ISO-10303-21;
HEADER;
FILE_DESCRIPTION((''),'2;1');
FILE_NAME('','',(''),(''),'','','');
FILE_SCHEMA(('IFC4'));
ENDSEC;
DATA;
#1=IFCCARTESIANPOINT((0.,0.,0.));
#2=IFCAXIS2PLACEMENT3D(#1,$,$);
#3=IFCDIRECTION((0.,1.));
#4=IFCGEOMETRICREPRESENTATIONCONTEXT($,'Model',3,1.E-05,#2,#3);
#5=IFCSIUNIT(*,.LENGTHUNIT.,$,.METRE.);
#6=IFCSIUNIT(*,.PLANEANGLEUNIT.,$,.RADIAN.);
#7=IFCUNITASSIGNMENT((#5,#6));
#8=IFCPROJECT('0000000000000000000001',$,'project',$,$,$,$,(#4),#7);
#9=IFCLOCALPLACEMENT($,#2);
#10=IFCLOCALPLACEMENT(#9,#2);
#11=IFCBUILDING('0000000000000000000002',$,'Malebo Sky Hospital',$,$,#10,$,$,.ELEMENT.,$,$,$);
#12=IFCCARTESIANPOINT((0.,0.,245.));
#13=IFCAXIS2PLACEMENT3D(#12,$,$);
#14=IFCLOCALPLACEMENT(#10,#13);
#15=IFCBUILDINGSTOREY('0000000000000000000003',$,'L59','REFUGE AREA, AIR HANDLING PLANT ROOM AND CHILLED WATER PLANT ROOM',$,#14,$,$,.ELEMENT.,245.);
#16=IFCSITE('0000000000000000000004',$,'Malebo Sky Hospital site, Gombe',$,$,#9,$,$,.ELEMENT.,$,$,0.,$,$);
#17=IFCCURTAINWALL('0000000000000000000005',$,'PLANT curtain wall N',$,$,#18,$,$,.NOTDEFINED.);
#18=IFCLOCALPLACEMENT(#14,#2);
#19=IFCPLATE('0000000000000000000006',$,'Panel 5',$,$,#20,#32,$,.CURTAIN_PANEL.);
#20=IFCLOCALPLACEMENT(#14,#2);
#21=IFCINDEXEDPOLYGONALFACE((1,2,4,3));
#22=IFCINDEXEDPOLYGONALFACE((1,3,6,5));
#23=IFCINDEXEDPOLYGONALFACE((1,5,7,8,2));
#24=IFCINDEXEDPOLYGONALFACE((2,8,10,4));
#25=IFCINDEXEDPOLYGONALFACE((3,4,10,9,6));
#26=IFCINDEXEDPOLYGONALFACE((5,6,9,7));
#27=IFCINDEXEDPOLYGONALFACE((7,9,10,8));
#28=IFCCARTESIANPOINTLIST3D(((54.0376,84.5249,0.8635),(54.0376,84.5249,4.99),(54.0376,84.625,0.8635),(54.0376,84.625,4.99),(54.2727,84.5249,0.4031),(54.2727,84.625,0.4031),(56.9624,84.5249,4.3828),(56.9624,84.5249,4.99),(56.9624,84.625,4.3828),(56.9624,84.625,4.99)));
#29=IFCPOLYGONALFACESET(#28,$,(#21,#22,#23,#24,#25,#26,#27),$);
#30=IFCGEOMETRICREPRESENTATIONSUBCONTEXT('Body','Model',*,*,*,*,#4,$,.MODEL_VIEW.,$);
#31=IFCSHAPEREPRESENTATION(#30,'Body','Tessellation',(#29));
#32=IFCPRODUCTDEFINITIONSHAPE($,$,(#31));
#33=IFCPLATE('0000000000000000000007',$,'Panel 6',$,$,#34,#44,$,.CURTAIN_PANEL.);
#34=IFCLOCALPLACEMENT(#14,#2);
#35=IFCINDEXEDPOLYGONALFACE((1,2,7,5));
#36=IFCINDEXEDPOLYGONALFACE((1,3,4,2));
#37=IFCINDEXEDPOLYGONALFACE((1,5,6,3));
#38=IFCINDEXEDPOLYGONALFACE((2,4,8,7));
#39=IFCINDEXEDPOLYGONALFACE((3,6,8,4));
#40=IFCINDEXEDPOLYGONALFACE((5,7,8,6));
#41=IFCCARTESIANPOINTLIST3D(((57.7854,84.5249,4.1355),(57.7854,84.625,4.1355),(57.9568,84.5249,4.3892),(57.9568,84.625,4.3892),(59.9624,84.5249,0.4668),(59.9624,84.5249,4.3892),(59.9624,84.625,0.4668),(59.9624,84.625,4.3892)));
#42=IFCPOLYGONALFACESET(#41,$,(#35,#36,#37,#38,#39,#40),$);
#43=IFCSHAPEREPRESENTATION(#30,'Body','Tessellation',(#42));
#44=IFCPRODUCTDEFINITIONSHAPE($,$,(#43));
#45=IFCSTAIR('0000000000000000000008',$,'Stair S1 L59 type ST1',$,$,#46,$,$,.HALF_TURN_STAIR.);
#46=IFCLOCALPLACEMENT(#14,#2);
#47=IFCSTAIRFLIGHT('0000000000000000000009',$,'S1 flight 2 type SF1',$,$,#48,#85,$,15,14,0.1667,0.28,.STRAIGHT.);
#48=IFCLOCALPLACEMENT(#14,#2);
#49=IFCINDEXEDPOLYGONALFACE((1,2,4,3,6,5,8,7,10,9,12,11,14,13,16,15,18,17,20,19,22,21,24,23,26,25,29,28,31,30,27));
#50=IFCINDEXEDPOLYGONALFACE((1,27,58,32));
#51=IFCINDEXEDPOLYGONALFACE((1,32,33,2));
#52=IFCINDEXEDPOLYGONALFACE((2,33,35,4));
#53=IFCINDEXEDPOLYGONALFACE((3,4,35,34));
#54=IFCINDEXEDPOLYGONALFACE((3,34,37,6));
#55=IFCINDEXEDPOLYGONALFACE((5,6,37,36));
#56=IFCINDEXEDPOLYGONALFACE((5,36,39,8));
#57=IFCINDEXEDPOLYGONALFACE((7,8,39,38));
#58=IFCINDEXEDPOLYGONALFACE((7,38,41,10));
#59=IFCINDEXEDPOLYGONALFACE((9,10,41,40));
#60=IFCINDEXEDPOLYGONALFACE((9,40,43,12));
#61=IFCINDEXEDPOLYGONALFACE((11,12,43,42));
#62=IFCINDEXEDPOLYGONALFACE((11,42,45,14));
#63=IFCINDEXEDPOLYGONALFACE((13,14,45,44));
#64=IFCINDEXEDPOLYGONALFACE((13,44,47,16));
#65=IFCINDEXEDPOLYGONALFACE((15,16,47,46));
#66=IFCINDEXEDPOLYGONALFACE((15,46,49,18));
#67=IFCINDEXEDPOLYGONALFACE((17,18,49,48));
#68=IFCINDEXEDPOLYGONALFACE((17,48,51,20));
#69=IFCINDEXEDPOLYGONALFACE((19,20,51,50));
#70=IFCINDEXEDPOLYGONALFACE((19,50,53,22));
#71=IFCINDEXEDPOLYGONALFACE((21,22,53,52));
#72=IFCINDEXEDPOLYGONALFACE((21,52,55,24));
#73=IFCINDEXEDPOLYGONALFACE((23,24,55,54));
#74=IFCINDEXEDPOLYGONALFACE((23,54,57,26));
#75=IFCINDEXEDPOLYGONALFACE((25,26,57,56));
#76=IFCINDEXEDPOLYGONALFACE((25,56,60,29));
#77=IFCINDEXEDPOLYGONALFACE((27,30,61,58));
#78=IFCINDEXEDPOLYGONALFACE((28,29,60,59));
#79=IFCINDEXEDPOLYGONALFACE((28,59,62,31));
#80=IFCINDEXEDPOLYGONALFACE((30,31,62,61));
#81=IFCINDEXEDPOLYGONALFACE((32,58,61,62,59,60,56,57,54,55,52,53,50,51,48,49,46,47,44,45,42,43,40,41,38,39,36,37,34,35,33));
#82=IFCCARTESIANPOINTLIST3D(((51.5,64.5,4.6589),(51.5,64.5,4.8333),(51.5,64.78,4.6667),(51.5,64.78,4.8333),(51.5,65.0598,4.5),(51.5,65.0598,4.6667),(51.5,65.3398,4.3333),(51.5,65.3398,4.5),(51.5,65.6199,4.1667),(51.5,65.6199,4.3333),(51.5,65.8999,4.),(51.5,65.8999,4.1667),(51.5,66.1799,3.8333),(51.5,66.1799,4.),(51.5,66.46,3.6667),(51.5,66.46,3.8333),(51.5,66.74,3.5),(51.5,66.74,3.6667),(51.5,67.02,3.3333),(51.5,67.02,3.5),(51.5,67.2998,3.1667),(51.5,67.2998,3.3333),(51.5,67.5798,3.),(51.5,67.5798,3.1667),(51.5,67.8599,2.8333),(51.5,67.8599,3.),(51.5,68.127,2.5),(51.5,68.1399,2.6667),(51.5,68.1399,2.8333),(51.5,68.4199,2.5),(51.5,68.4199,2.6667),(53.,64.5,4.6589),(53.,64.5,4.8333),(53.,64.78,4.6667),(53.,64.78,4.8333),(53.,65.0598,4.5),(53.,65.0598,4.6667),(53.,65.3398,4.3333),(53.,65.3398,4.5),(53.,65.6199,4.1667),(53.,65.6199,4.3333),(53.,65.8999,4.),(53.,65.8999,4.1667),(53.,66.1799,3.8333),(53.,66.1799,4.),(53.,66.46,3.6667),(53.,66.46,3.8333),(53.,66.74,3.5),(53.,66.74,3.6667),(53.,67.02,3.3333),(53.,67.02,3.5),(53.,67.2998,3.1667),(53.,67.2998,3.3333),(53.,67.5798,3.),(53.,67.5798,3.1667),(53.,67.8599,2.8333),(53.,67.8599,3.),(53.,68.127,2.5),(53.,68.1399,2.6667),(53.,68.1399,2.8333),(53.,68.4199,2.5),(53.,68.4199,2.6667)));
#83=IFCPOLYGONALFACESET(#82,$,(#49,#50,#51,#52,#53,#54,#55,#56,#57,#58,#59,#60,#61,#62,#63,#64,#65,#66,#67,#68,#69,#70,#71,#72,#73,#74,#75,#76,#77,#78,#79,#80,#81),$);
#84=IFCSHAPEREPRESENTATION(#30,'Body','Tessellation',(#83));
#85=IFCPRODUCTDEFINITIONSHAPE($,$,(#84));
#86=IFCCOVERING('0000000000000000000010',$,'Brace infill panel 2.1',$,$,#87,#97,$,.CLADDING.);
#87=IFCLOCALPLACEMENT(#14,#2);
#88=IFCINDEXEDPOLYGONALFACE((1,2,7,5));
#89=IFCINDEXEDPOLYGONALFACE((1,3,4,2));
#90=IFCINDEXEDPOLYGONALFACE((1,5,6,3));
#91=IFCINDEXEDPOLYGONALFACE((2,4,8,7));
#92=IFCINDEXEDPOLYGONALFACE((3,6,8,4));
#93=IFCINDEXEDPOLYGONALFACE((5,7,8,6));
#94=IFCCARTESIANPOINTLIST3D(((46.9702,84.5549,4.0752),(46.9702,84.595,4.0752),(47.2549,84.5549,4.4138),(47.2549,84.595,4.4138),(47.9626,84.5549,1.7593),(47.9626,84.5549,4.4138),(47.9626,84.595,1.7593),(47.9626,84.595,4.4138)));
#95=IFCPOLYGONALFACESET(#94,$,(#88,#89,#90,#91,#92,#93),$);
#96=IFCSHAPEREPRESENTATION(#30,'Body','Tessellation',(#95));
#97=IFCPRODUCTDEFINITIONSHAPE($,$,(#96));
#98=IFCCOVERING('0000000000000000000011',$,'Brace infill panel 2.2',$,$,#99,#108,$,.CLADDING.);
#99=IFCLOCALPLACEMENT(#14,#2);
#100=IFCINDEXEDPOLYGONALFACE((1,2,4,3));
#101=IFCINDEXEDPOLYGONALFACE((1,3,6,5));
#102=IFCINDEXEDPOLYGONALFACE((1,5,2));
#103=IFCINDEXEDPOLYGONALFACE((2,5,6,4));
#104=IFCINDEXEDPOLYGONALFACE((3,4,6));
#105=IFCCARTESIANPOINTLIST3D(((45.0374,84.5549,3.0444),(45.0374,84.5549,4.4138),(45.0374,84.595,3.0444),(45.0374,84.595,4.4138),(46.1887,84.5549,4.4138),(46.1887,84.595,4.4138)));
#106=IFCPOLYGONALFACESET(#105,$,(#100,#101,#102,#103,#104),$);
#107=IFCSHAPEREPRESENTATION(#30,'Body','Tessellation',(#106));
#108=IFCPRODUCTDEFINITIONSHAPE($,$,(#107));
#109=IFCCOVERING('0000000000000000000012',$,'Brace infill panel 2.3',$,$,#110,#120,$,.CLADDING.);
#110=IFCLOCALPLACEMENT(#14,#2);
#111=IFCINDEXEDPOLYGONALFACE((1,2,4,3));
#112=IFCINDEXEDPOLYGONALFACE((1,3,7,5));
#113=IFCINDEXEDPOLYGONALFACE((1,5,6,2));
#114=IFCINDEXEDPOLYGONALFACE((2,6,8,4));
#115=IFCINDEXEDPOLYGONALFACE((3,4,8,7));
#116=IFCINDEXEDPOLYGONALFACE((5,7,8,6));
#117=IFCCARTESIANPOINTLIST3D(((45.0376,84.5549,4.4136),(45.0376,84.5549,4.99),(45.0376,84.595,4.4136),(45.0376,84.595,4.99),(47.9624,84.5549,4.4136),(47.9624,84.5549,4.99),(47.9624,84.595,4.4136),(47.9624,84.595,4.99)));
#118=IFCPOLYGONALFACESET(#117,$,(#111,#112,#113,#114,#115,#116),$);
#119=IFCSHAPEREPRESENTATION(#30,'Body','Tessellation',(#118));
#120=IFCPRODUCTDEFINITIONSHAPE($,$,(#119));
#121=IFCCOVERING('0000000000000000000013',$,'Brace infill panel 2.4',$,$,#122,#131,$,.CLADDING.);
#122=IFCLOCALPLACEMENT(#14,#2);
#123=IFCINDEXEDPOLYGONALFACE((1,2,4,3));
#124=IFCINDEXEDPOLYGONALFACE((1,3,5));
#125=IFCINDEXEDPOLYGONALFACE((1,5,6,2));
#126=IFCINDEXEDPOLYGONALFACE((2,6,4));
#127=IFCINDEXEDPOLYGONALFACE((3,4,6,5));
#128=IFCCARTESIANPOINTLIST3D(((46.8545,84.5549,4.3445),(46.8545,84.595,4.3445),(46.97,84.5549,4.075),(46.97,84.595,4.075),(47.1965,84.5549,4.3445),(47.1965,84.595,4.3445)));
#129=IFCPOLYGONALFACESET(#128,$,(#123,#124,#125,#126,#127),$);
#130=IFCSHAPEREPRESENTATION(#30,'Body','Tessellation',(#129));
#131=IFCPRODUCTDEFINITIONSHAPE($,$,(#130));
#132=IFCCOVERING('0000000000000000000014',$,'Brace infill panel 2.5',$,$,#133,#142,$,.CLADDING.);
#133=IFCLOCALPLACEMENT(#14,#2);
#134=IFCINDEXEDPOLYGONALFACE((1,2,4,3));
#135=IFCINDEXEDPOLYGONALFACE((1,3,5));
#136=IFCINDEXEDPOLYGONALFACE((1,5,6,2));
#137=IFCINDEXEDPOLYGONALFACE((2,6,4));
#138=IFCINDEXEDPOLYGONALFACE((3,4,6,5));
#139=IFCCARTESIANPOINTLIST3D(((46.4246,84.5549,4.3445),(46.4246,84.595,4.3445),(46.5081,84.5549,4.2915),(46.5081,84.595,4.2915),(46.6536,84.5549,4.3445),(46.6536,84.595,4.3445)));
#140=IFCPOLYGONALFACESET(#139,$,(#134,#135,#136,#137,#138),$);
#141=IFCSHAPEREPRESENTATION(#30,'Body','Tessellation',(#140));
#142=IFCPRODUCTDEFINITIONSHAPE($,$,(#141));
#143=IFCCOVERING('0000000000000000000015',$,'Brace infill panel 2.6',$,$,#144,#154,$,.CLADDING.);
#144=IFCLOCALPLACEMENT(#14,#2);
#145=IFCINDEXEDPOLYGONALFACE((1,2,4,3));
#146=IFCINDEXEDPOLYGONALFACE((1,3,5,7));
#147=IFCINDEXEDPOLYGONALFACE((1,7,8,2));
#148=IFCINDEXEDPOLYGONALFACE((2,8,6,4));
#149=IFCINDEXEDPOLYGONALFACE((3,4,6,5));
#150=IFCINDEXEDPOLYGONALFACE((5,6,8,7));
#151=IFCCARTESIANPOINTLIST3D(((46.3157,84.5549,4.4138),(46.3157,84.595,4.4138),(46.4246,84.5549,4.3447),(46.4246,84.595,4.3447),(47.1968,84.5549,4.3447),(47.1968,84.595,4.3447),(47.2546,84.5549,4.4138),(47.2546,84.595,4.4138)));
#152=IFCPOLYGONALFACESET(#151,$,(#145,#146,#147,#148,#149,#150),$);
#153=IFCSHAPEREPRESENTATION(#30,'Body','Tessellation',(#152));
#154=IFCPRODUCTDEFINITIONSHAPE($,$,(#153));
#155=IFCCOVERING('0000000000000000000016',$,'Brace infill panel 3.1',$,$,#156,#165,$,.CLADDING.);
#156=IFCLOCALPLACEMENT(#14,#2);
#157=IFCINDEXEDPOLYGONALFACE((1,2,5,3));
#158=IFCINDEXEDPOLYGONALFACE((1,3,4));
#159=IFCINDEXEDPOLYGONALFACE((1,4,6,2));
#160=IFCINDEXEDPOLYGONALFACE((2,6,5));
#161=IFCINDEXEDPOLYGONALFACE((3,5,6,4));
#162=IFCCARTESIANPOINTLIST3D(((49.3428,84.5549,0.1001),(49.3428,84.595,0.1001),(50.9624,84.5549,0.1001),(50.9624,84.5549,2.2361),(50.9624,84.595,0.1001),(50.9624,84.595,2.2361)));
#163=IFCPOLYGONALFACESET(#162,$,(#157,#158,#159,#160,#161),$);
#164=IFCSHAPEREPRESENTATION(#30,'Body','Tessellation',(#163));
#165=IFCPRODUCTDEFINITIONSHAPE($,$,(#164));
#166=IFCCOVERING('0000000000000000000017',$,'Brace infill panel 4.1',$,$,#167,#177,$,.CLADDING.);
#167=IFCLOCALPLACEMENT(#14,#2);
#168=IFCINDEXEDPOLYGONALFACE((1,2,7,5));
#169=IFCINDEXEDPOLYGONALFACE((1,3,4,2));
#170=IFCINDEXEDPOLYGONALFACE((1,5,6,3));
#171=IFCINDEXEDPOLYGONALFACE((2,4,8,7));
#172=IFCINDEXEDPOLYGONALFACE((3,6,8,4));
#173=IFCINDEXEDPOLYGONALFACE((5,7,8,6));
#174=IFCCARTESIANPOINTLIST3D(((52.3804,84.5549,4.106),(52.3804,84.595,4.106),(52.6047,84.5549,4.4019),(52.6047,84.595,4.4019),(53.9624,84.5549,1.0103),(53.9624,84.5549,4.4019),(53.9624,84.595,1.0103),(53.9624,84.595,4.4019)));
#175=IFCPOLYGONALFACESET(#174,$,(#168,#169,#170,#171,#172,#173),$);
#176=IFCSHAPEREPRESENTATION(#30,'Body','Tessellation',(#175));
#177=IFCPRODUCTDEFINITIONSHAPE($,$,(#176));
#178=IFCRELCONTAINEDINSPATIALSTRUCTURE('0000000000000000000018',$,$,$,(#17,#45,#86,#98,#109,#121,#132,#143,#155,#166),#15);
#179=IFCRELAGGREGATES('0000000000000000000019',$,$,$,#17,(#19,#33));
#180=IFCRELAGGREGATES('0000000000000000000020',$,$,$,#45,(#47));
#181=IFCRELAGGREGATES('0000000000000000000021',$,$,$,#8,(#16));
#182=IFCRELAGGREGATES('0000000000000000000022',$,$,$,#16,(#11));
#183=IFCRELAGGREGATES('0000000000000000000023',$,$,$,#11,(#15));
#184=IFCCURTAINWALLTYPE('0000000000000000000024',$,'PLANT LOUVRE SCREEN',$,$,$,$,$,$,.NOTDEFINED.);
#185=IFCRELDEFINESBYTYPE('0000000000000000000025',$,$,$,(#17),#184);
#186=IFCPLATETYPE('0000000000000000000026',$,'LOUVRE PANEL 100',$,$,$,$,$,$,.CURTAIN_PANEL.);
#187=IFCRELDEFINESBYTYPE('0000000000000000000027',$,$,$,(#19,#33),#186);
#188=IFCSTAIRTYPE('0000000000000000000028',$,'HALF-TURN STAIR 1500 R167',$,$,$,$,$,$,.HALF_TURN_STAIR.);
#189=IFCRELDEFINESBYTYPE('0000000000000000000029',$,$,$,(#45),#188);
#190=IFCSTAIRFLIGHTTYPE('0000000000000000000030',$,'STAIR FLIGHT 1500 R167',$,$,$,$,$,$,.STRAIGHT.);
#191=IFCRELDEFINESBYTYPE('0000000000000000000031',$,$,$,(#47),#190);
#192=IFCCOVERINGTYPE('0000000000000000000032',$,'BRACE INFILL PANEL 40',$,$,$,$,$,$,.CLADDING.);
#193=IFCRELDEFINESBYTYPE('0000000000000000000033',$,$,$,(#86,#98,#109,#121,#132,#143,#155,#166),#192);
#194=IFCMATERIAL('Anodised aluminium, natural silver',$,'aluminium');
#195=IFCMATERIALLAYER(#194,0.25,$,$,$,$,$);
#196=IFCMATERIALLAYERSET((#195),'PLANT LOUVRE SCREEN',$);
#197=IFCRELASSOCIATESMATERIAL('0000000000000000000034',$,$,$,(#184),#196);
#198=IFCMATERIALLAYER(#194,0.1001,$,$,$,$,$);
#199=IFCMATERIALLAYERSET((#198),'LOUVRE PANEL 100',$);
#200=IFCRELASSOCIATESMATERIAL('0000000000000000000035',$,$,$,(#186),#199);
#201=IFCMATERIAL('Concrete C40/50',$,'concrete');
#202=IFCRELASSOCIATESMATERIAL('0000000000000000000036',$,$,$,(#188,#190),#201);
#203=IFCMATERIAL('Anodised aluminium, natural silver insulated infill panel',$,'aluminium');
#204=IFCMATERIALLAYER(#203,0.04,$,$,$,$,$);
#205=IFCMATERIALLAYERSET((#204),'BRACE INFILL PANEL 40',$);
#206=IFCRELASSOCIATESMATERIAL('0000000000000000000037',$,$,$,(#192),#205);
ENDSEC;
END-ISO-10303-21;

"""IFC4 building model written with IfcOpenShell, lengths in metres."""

from ifc_helpers import new_model, si_unit, direction, frame, origin, place, context, subcontext, project, spatial, polyline, outline, extrude, material, layer, layer_set, type_object, element, aggregate, save


model = new_model("IFC4")

# Units and contexts
model_context = context("Model", 3, precision=1e-05, world=origin(), true_north=direction((0.0, 1.0)))
body_context = subcontext(model_context, "Body", "Model", "MODEL_VIEW")
ifc_project = project(units=[si_unit("LENGTHUNIT", "METRE"), si_unit("PLANEANGLEUNIT", "RADIAN")], contexts=[model_context])

# Site, building, storey
site_placement = place(None, origin())
site = spatial("IfcSite", under=ifc_project, at=site_placement, Name="Malebo Sky Hospital site, Gombe", CompositionType="ELEMENT", RefElevation=0.0)
building_placement = place(site_placement, origin())
building = spatial("IfcBuilding", under=site, at=building_placement, Name="Malebo Sky Hospital", CompositionType="ELEMENT")
storey_placement = place(building_placement, frame((0.0, 0.0, 245.0)))
storey = spatial("IfcBuildingStorey", under=building, at=storey_placement, Name="L59", Description="REFUGE AREA, AIR HANDLING PLANT ROOM AND CHILLED WATER PLANT ROOM", CompositionType="ELEMENT", Elevation=245.0)

# Curtain wall
ifc_material_1 = material(Name="Anodised aluminium, natural silver", Category="aluminium")
ifc_layer_1 = layer(ifc_material_1, 0.25)
ifc_layer_set_1 = layer_set([ifc_layer_1], Name="PLANT LOUVRE SCREEN")
curtain_wall_type = type_object("IfcCurtainWallType", Name="PLANT LOUVRE SCREEN", PredefinedType="NOTDEFINED", material=ifc_layer_set_1)
curtain_wall_placement = place(storey_placement, origin())
curtain_wall = element("IfcCurtainWall", 1, at=curtain_wall_placement, inside=storey, type_object=curtain_wall_type, Name="PLANT curtain wall N", PredefinedType="NOTDEFINED")

# Plates
ifc_layer_2 = layer(ifc_material_1, 0.1001)
ifc_layer_set_2 = layer_set([ifc_layer_2], Name="LOUVRE PANEL 100")
plate_type = type_object("IfcPlateType", Name="LOUVRE PANEL 100", PredefinedType="CURTAIN_PANEL", material=ifc_layer_set_2)
plate_1_placement = place(storey_placement, frame((55.5, 84.575, 0.4031), z_axis=(0.0, 0.0, 1.0), x_axis=(1.0, 0.0, 0.0)))
plate_1 = element("IfcPlate", 2, at=plate_1_placement, type_object=plate_type, Name="Panel 5", PredefinedType="CURTAIN_PANEL", context=body_context, shape_type="SweptSolid", body=[
    extrude(outline(polyline([(-1.2273, 0.0), (1.4624, 3.9797), (1.4624, 4.5869), (-1.4624, 4.5869), (-1.4624, 0.4604), (-1.2273, 0.0)])), frame((0.0, 0.05, 0.0), z_axis=(0.0, -1.0, 0.0), x_axis=(1.0, 0.0, 0.0)), (0.0, 0.0, 1.0), 0.1001),
])
plate_2_placement = place(storey_placement, frame((58.8738, 84.575, 0.4668), z_axis=(0.0, 0.0, 1.0), x_axis=(1.0, 0.0, 0.0)))
plate_2 = element("IfcPlate", 3, at=plate_2_placement, type_object=plate_type, Name="Panel 6", PredefinedType="CURTAIN_PANEL", context=body_context, shape_type="SweptSolid", body=[
    extrude(outline(polyline([(1.0886, 0.0), (1.0886, 3.9224), (-0.917, 3.9224), (-1.0884, 3.6687), (1.0886, 0.0)])), frame((0.0, 0.05, 0.0), z_axis=(0.0, -1.0, 0.0), x_axis=(1.0, 0.0, 0.0)), (0.0, 0.0, 1.0), 0.1001),
])
aggregate(curtain_wall, [plate_1, plate_2])

# Stair, stair flight
ifc_material_2 = material(Name="Concrete C40/50", Category="concrete")
stair_type = type_object("IfcStairType", Name="HALF-TURN STAIR 1500 R167", PredefinedType="HALF_TURN_STAIR", material=ifc_material_2)
stair_placement = place(storey_placement, origin())
stair = element("IfcStair", 4, at=stair_placement, inside=storey, type_object=stair_type, Name="Stair S1 L59 type ST1", PredefinedType="HALF_TURN_STAIR")
stair_flight_type = type_object("IfcStairFlightType", Name="STAIR FLIGHT 1500 R167", PredefinedType="STRAIGHT", material=ifc_material_2)
stair_flight_placement = place(storey_placement, frame((52.25, 68.4199, 2.5), z_axis=(0.0, 0.0, 1.0), x_axis=(0.0, -1.0, 0.0)))
stair_flight = element("IfcStairFlight", 5, at=stair_flight_placement, type_object=stair_flight_type, Name="S1 flight 2 type SF1", NumberOfRisers=15, NumberOfTreads=14, PredefinedType="STRAIGHT", RiserHeight=0.1667, TreadLength=0.28, context=body_context, shape_type="SweptSolid", body=[
    extrude(outline(polyline([(0.0, 0.0), (0.0, 0.1667), (0.28, 0.1667), (0.28, 0.3333), (0.5601, 0.3333), (0.5601, 0.5), (0.8401, 0.5), (0.8401, 0.6667), (1.1201, 0.6667), (1.1201, 0.8333), (1.3999, 0.8333), (1.3999, 1.0), (1.6799, 1.0), (1.6799, 1.1667), (1.96, 1.1667), (1.96, 1.3333), (2.24, 1.3333), (2.24, 1.5), (2.52, 1.5), (2.52, 1.6667), (2.8, 1.6667), (2.8, 1.8333), (3.0801, 1.8333), (3.0801, 2.0), (3.3601, 2.0), (3.3601, 2.1667), (3.6399, 2.1667), (3.6399, 2.3333), (3.9199, 2.3333), (3.9199, 2.5), (3.9199, 2.1589), (0.293, 0.0), (0.0, 0.0)])), frame((0.0, 0.75, 0.0), z_axis=(0.0, -1.0, 0.0), x_axis=(1.0, 0.0, 0.0)), (0.0, 0.0, 1.0), 1.5),
])
aggregate(stair, [stair_flight])

# Coverings
ifc_material_3 = material(Name="Anodised aluminium, natural silver insulated infill panel", Category="aluminium")
ifc_layer_3 = layer(ifc_material_3, 0.04)
ifc_layer_set_3 = layer_set([ifc_layer_3], Name="BRACE INFILL PANEL 40")
covering_type = type_object("IfcCoveringType", Name="BRACE INFILL PANEL 40", PredefinedType="CLADDING", material=ifc_layer_set_3)
covering_1_placement = place(storey_placement, frame((47.4663, 84.575, 1.7593), z_axis=(0.0, 0.0, 1.0), x_axis=(1.0, 0.0, 0.0)))
element("IfcCovering", 6, at=covering_1_placement, inside=storey, type_object=covering_type, Name="Brace infill panel 2.1", PredefinedType="CLADDING", context=body_context, shape_type="SweptSolid", body=[
    extrude(outline(polyline([(0.4963, 0.0), (0.4963, 2.6545), (-0.2114, 2.6545), (-0.4961, 2.3159), (0.4963, 0.0)])), frame((0.0, 0.02, 0.0), z_axis=(0.0, -1.0, 0.0), x_axis=(1.0, 0.0, 0.0)), (0.0, 0.0, 1.0), 0.04),
])
covering_2_placement = place(storey_placement, frame((45.613, 84.575, 3.0444), z_axis=(0.0, 0.0, 1.0), x_axis=(1.0, 0.0, 0.0)))
element("IfcCovering", 7, at=covering_2_placement, inside=storey, type_object=covering_type, Name="Brace infill panel 2.2", PredefinedType="CLADDING", context=body_context, shape_type="SweptSolid", body=[
    extrude(outline(polyline([(-0.5757, 0.0), (0.5757, 1.3694), (-0.5757, 1.3694), (-0.5757, 0.0)])), frame((0.0, 0.02, 0.0), z_axis=(0.0, -1.0, 0.0), x_axis=(1.0, 0.0, 0.0)), (0.0, 0.0, 1.0), 0.04),
])
covering_3_placement = place(storey_placement, frame((46.5, 84.575, 4.4136), z_axis=(0.0, 0.0, 1.0), x_axis=(1.0, 0.0, 0.0)))
element("IfcCovering", 8, at=covering_3_placement, inside=storey, type_object=covering_type, Name="Brace infill panel 2.3", PredefinedType="CLADDING", context=body_context, shape_type="SweptSolid", body=[
    extrude(outline(polyline([(-1.4624, 0.0), (1.4624, 0.0), (1.4624, 0.5764), (-1.4624, 0.5764), (-1.4624, 0.0)])), frame((0.0, 0.02, 0.0), z_axis=(0.0, -1.0, 0.0), x_axis=(1.0, 0.0, 0.0)), (0.0, 0.0, 1.0), 0.04),
])
covering_4_placement = place(storey_placement, frame((47.0254, 84.575, 4.075), z_axis=(0.0, 0.0, 1.0), x_axis=(1.0, 0.0, 0.0)))
element("IfcCovering", 9, at=covering_4_placement, inside=storey, type_object=covering_type, Name="Brace infill panel 2.4", PredefinedType="CLADDING", context=body_context, shape_type="SweptSolid", body=[
    extrude(outline(polyline([(-0.0554, 0.0), (0.1711, 0.2695), (-0.1709, 0.2695), (-0.0554, 0.0)])), frame((0.0, 0.02, 0.0), z_axis=(0.0, -1.0, 0.0), x_axis=(1.0, 0.0, 0.0)), (0.0, 0.0, 1.0), 0.04),
])
covering_5_placement = place(storey_placement, frame((46.5391, 84.575, 4.2915), z_axis=(0.0, 0.0, 1.0), x_axis=(1.0, 0.0, 0.0)))
element("IfcCovering", 10, at=covering_5_placement, inside=storey, type_object=covering_type, Name="Brace infill panel 2.5", PredefinedType="CLADDING", context=body_context, shape_type="SweptSolid", body=[
    extrude(outline(polyline([(-0.031, 0.0), (0.1145, 0.053), (-0.1145, 0.053), (-0.031, 0.0)])), frame((0.0, 0.02, 0.0), z_axis=(0.0, -1.0, 0.0), x_axis=(1.0, 0.0, 0.0)), (0.0, 0.0, 1.0), 0.04),
])
covering_6_placement = place(storey_placement, frame((46.7852, 84.575, 4.3447), z_axis=(0.0, 0.0, 1.0), x_axis=(1.0, 0.0, 0.0)))
element("IfcCovering", 11, at=covering_6_placement, inside=storey, type_object=covering_type, Name="Brace infill panel 2.6", PredefinedType="CLADDING", context=body_context, shape_type="SweptSolid", body=[
    extrude(outline(polyline([(-0.3606, 0.0), (0.4116, 0.0), (0.4695, 0.0691), (-0.4695, 0.0691), (-0.3606, 0.0)])), frame((0.0, 0.02, 0.0), z_axis=(0.0, -1.0, 0.0), x_axis=(1.0, 0.0, 0.0)), (0.0, 0.0, 1.0), 0.04),
])
covering_7_placement = place(storey_placement, frame((50.1526, 84.575, 0.1001), z_axis=(0.0, 0.0, 1.0), x_axis=(1.0, 0.0, 0.0)))
element("IfcCovering", 12, at=covering_7_placement, inside=storey, type_object=covering_type, Name="Brace infill panel 3.1", PredefinedType="CLADDING", context=body_context, shape_type="SweptSolid", body=[
    extrude(outline(polyline([(-0.8098, 0.0), (0.8098, 0.0), (0.8098, 2.136), (-0.8098, 0.0)])), frame((0.0, 0.02, 0.0), z_axis=(0.0, -1.0, 0.0), x_axis=(1.0, 0.0, 0.0)), (0.0, 0.0, 1.0), 0.04),
])
covering_8_placement = place(storey_placement, frame((53.1714, 84.575, 1.0103), z_axis=(0.0, 0.0, 1.0), x_axis=(1.0, 0.0, 0.0)))
element("IfcCovering", 13, at=covering_8_placement, inside=storey, type_object=covering_type, Name="Brace infill panel 4.1", PredefinedType="CLADDING", context=body_context, shape_type="SweptSolid", body=[
    extrude(outline(polyline([(0.791, 0.0), (0.791, 3.3916), (-0.5667, 3.3916), (-0.791, 3.0957), (0.791, 0.0)])), frame((0.0, 0.02, 0.0), z_axis=(0.0, -1.0, 0.0), x_axis=(1.0, 0.0, 0.0)), (0.0, 0.0, 1.0), 0.04),
])

save(model, "model.ifc")
